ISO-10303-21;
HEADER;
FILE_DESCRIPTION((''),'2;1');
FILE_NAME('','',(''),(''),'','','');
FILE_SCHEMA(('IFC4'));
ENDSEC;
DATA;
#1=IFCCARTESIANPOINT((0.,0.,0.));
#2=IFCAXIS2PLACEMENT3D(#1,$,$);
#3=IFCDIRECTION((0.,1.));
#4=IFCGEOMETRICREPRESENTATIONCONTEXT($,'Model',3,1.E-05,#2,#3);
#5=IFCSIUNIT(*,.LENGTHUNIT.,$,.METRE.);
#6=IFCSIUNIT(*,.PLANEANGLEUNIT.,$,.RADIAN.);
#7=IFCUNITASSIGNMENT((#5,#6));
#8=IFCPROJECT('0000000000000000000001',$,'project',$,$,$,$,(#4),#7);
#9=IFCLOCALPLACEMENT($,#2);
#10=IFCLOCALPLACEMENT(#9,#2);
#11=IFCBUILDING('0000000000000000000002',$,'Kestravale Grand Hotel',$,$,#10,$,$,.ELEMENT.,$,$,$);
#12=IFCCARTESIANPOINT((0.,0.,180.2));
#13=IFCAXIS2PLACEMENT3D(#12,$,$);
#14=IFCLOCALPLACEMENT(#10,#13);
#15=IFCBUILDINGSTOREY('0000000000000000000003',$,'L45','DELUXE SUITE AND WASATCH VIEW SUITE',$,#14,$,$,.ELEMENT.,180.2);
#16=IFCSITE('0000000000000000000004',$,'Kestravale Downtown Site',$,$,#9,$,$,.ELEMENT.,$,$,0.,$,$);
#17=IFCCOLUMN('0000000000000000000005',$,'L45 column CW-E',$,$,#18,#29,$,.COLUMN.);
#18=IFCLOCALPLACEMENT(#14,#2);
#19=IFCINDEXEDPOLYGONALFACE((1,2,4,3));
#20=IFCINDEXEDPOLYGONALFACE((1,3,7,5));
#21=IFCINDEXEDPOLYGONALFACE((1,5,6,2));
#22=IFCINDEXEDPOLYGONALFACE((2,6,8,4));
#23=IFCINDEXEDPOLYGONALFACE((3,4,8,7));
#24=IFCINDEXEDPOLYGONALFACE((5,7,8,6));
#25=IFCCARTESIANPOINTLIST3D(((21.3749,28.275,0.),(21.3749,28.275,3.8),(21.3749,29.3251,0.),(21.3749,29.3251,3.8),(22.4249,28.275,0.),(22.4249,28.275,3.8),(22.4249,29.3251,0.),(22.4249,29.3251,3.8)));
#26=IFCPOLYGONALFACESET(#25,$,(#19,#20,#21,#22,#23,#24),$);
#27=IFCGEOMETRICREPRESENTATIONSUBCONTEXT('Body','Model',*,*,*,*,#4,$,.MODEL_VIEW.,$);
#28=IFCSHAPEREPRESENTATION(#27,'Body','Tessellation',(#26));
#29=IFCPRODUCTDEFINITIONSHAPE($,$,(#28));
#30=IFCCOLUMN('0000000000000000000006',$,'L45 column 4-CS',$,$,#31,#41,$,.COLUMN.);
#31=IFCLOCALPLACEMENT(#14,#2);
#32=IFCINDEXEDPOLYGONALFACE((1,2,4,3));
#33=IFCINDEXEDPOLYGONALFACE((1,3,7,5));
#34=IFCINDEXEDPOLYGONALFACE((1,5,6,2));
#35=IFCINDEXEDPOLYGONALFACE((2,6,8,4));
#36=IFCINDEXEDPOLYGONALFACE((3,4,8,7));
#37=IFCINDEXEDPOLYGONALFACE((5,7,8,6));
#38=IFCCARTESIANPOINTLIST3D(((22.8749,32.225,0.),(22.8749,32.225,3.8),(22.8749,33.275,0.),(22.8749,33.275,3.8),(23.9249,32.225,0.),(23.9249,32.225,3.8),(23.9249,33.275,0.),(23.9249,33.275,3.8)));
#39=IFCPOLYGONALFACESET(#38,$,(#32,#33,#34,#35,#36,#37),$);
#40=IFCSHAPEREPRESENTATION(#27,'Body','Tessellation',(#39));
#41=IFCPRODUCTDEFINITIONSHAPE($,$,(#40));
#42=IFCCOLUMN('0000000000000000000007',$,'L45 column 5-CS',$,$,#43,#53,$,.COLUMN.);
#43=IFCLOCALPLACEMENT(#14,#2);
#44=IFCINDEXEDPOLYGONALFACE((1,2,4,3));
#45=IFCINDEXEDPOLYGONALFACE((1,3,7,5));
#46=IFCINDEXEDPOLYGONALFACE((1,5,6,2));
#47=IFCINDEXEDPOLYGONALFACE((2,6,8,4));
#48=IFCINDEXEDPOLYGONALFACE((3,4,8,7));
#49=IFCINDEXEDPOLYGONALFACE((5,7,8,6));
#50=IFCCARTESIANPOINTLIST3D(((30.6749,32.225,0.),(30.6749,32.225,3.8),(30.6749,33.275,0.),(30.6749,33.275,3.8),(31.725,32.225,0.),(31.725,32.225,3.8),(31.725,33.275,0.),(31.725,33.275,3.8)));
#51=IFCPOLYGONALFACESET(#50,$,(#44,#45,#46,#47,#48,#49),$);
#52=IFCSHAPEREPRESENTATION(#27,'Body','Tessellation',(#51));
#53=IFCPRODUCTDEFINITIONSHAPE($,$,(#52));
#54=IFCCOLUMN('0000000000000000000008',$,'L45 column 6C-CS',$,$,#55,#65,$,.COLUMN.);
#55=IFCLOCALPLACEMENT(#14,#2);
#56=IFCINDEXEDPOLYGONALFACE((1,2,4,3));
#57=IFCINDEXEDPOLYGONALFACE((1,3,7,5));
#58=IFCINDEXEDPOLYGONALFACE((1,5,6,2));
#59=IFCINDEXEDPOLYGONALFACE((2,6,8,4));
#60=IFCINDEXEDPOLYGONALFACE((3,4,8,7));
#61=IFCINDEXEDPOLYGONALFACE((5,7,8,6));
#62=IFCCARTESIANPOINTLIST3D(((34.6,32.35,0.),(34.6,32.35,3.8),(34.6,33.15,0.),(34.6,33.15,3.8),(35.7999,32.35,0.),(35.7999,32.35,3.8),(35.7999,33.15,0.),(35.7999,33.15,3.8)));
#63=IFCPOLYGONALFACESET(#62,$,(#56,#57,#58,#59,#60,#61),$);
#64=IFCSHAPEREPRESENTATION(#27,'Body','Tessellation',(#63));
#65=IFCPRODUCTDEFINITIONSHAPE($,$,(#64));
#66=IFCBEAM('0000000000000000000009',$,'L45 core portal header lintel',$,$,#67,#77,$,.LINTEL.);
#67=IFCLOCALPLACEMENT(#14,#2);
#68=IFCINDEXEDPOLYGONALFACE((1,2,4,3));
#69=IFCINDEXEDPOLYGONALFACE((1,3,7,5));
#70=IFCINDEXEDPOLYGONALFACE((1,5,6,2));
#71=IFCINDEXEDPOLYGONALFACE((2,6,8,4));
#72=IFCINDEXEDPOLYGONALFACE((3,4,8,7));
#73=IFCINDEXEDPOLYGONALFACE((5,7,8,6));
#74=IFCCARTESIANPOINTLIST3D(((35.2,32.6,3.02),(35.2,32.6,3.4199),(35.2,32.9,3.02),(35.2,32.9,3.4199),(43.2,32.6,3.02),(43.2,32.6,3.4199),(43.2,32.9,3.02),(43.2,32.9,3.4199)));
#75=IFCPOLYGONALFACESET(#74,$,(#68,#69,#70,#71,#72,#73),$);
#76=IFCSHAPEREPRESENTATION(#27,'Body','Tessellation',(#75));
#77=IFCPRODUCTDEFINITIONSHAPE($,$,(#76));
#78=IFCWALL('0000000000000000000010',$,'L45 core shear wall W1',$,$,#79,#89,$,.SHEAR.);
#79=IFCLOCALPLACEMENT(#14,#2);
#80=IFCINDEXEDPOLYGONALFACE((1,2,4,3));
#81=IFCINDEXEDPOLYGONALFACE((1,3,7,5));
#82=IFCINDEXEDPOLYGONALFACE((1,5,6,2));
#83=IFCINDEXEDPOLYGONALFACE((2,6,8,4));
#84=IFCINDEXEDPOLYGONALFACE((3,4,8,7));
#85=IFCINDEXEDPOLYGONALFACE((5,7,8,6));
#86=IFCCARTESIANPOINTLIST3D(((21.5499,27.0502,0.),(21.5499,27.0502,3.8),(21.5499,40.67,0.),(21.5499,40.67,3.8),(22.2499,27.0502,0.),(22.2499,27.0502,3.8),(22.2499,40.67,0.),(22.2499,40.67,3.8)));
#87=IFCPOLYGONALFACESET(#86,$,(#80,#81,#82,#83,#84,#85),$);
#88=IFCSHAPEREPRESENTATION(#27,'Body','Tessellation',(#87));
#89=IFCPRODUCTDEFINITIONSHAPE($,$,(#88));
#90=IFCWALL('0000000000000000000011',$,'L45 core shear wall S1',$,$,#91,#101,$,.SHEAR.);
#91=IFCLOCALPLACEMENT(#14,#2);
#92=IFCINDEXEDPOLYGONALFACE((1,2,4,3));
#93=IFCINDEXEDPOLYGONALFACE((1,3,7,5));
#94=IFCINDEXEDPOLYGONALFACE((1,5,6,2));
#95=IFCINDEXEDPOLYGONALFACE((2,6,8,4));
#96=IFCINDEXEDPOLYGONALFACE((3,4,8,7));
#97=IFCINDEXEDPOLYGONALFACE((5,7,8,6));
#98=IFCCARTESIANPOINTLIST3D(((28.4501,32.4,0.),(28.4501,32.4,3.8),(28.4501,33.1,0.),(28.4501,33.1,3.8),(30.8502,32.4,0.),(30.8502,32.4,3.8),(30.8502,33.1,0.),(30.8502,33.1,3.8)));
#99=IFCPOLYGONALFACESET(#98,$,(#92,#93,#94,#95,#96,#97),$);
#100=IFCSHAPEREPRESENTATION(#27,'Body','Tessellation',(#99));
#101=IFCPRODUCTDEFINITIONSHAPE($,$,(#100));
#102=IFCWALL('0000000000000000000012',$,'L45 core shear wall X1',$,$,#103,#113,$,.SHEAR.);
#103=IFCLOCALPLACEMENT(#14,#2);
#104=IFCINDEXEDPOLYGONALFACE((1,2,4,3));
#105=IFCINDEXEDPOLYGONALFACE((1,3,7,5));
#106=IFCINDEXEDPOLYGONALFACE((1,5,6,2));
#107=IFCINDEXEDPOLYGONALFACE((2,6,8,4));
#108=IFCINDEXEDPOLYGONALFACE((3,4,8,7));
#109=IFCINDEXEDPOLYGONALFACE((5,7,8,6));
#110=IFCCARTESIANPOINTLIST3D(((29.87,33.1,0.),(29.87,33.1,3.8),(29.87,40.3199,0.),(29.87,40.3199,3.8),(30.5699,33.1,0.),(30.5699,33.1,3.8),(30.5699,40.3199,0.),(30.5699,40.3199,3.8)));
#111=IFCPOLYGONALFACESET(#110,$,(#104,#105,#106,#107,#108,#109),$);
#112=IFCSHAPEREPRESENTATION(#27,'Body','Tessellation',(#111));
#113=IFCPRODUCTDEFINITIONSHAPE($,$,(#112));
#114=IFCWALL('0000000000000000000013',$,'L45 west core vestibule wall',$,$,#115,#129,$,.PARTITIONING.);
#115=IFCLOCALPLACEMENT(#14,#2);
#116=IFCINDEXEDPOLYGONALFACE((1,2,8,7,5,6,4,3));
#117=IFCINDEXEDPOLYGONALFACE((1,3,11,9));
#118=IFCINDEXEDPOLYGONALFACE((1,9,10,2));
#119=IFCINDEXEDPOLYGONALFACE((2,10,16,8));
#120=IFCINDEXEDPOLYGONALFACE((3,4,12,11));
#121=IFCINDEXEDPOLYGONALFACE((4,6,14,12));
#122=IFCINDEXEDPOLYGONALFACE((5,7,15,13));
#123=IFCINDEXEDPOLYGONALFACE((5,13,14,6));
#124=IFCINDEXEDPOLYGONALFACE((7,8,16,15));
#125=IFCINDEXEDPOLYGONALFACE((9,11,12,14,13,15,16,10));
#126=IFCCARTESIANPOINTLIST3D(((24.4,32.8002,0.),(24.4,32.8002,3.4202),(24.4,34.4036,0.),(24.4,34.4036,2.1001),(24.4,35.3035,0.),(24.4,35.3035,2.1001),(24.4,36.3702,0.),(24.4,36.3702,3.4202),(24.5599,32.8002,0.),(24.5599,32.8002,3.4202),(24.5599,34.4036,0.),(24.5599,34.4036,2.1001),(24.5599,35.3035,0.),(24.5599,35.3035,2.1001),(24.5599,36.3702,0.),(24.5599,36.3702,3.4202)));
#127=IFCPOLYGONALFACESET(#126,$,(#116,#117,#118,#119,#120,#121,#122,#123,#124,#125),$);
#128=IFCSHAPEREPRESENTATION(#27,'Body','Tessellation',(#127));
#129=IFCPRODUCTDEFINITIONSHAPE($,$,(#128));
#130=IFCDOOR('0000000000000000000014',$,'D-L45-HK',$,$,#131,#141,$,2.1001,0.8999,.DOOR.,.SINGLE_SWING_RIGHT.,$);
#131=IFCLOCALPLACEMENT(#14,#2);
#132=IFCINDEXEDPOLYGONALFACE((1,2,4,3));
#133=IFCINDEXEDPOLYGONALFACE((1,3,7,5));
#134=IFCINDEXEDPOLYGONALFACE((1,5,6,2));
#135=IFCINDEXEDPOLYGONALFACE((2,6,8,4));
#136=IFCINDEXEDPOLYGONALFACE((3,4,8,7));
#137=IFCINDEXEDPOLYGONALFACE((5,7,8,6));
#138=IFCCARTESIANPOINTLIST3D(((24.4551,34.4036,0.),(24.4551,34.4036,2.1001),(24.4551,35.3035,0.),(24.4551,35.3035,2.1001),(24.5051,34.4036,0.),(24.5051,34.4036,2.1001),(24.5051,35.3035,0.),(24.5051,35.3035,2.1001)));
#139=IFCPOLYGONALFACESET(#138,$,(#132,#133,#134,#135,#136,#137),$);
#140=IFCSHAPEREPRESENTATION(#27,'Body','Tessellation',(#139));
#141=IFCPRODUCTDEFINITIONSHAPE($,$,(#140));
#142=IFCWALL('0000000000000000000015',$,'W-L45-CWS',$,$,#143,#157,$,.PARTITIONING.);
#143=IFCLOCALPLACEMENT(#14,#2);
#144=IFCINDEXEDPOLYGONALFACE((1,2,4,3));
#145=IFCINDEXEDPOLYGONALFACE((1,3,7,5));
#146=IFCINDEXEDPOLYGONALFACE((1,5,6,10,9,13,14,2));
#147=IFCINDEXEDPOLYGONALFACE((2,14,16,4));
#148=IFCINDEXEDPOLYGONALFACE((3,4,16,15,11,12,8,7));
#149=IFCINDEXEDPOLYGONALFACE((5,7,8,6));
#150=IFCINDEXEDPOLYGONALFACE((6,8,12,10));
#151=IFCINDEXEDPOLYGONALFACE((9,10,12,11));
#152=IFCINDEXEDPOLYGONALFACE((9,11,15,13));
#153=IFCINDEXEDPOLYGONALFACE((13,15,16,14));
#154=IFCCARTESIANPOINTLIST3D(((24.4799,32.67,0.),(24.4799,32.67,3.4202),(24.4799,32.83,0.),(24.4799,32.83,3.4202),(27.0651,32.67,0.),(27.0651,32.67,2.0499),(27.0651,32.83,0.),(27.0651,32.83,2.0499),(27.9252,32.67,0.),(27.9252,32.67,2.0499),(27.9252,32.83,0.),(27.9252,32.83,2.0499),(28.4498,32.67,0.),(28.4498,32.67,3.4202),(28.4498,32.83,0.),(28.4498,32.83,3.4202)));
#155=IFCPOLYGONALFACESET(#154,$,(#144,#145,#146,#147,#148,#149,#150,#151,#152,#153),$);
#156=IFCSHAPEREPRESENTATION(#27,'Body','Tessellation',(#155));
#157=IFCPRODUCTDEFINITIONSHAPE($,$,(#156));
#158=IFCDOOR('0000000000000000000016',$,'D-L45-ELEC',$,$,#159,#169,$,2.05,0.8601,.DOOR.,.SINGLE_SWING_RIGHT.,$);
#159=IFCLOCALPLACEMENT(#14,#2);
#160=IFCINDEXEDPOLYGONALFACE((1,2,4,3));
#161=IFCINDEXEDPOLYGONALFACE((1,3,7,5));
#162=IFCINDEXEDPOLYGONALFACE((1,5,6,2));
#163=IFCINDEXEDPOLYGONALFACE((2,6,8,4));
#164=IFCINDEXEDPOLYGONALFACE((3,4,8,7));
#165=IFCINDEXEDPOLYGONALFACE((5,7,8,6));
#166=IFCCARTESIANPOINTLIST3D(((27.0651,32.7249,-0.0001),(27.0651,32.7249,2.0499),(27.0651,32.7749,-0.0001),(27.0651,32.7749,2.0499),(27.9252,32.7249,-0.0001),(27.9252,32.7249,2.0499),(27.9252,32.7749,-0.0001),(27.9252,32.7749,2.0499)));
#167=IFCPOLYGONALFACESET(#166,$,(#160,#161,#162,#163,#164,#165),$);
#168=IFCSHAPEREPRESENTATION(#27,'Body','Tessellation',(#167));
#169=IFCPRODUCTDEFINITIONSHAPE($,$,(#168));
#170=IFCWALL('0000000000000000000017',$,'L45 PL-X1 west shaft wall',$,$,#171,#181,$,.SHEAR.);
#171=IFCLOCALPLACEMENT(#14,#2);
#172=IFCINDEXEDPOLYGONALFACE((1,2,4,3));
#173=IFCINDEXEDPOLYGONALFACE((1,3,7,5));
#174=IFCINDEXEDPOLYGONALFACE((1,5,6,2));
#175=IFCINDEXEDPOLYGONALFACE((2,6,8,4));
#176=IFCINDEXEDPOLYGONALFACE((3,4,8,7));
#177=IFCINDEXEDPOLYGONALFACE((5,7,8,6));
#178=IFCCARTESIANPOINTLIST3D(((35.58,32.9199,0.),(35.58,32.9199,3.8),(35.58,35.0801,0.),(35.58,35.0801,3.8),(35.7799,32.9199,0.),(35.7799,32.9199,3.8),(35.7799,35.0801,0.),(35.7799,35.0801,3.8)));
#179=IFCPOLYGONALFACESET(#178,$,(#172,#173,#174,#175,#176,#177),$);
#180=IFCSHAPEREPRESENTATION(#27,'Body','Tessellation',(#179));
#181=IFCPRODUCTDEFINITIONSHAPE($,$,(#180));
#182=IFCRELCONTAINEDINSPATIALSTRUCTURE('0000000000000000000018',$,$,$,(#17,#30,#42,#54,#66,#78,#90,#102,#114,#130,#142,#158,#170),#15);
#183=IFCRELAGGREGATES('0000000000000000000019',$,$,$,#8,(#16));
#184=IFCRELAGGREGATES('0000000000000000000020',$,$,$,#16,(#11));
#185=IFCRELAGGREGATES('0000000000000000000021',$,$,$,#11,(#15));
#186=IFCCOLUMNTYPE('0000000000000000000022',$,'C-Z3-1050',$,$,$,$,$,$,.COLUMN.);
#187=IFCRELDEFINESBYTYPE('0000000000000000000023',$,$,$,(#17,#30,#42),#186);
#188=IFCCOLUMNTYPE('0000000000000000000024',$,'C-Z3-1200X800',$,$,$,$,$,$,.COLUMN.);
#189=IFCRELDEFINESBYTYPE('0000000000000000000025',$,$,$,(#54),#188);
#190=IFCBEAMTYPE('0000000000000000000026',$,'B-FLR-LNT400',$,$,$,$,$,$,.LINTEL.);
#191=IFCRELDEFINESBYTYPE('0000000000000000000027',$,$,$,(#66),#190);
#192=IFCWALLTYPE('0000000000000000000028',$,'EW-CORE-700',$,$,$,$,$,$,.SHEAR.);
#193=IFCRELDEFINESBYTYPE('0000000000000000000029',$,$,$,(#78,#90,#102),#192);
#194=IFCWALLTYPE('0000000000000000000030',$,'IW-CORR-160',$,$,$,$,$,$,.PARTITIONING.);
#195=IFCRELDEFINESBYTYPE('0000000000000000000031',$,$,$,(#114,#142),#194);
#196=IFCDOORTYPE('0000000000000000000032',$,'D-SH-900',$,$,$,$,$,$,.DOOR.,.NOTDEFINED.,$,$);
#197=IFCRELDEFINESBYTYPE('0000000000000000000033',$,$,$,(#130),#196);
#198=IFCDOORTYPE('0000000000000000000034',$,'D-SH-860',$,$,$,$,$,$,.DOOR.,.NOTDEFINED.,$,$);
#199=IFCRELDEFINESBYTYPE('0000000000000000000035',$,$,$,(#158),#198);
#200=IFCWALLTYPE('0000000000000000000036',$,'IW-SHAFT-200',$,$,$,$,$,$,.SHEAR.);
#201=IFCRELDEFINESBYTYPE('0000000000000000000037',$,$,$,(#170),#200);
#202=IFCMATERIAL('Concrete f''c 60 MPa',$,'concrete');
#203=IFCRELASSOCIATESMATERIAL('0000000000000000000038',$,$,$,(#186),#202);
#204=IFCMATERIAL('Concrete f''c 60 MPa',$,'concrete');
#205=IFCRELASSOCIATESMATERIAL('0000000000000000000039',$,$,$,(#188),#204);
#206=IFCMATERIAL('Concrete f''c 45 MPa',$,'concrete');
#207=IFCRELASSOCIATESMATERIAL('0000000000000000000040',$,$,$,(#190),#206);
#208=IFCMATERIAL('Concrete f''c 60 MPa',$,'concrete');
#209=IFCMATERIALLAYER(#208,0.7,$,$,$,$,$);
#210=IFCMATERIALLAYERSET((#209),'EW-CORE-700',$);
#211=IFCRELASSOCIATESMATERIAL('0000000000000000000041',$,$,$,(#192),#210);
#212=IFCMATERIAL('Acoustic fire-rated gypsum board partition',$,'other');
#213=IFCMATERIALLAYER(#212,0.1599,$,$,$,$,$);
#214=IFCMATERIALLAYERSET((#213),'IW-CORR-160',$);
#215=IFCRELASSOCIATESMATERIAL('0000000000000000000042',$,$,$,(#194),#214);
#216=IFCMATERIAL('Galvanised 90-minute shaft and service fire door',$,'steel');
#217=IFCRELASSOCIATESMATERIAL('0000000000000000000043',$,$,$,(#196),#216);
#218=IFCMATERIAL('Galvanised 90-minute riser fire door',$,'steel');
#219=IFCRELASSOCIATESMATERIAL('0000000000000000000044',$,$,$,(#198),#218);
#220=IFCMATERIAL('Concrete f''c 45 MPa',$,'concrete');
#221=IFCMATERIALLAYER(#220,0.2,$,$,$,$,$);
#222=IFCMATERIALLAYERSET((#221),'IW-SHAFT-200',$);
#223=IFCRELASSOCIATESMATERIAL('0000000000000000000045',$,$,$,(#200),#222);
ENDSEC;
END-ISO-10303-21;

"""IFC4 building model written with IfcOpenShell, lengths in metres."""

from ifc_helpers import new_model, si_unit, direction, frame, frame_2d, origin, origin_2d, place, context, subcontext, project, spatial, rectangle, extrude, material, layer, layer_set, material_profile, profile_set, type_object, element, fill, save


model = new_model("IFC4")

# Units and contexts
model_context = context("Model", 3, precision=1e-05, world=origin(), true_north=direction((0.0, 1.0)))
body_context = subcontext(model_context, "Body", "Model", "MODEL_VIEW")
ifc_project = project(units=[si_unit("LENGTHUNIT", "METRE"), si_unit("PLANEANGLEUNIT", "RADIAN")], contexts=[model_context])

# Site, building, storey
site_placement = place(None, origin())
site = spatial("IfcSite", under=ifc_project, at=site_placement, Name="Kestravale Downtown Site", CompositionType="ELEMENT", RefElevation=0.0)
building_placement = place(site_placement, origin())
building = spatial("IfcBuilding", under=site, at=building_placement, Name="Kestravale Grand Hotel", CompositionType="ELEMENT")
storey_placement = place(building_placement, frame((0.0, 0.0, 180.2)))
storey = spatial("IfcBuildingStorey", under=building, at=storey_placement, Name="L45", Description="DELUXE SUITE AND WASATCH VIEW SUITE", CompositionType="ELEMENT", Elevation=180.2)

# Columns
ifc_material_1 = material(Name="Concrete f'c 60 MPa", Category="concrete")
ifc_material_profile_1 = material_profile(ifc_material_1, rectangle(XDim=1.05, YDim=1.05, at=origin_2d()))
ifc_profile_set_1 = profile_set([ifc_material_profile_1], Name="Concrete f'c 60 MPa")
column_type_1 = type_object("IfcColumnType", Name="C-Z3-1050", PredefinedType="COLUMN", material=ifc_profile_set_1)
for number, where, z_axis, x_axis, name in (
    (1, (21.8999, 28.8, 0.0), (0.0, 0.0, 1.0), (1.0, 0.0, 0.0), "L45 column CW-E"),
    (2, (23.3999, 32.75, 0.0), (0.0, 0.0, 1.0), (1.0, 0.0, 0.0), "L45 column 4-CS"),
    (3, (31.2, 32.75, 0.0), (0.0, 0.0, 1.0), (1.0, 0.0, 0.0), "L45 column 5-CS"),
):
    element("IfcColumn", number, at=place(storey_placement, frame(where, z_axis=z_axis, x_axis=x_axis)), inside=storey, type_object=column_type_1, Name=name, PredefinedType="COLUMN", context=body_context, shape_type="SweptSolid", body=[
        extrude(rectangle(XDim=1.05, YDim=1.05, at=origin_2d()), origin(), (0.0, 0.0, 1.0), 3.8),
    ])
ifc_material_2 = material(Name="Concrete f'c 60 MPa", Category="concrete")
ifc_material_profile_2 = material_profile(ifc_material_2, rectangle(XDim=1.2, YDim=0.8, at=origin_2d()))
ifc_profile_set_2 = profile_set([ifc_material_profile_2], Name="Concrete f'c 60 MPa")
column_type_2 = type_object("IfcColumnType", Name="C-Z3-1200X800", PredefinedType="COLUMN", material=ifc_profile_set_2)
column_placement = place(storey_placement, frame((35.2, 32.75, 0.0), z_axis=(0.0, 0.0, 1.0), x_axis=(1.0, 0.0, 0.0)))
element("IfcColumn", 4, at=column_placement, inside=storey, type_object=column_type_2, Name="L45 column 6C-CS", PredefinedType="COLUMN", context=body_context, shape_type="SweptSolid", body=[
    extrude(rectangle(XDim=1.2, YDim=0.8, at=origin_2d()), origin(), (0.0, 0.0, 1.0), 3.8),
])

# Beam
ifc_material_3 = material(Name="Concrete f'c 45 MPa", Category="concrete")
ifc_material_profile_3 = material_profile(ifc_material_3, rectangle(XDim=0.3, YDim=0.3999, at=origin_2d()))
ifc_profile_set_3 = profile_set([ifc_material_profile_3], Name="Concrete f'c 45 MPa")
beam_type = type_object("IfcBeamType", Name="B-FLR-LNT400", PredefinedType="LINTEL", material=ifc_profile_set_3)
beam_placement = place(storey_placement, frame((35.2, 32.75, 3.22), z_axis=(1.0, 0.0, 0.0), x_axis=(0.0, 1.0, 0.0)))
element("IfcBeam", 5, at=beam_placement, inside=storey, type_object=beam_type, Name="L45 core portal header lintel", PredefinedType="LINTEL", context=body_context, shape_type="SweptSolid", body=[
    extrude(rectangle(XDim=0.3, YDim=0.3999, at=origin_2d()), origin(), (0.0, 0.0, 1.0), 8.0),
])

# Walls
ifc_material_4 = material(Name="Concrete f'c 60 MPa", Category="concrete")
ifc_layer_1 = layer(ifc_material_4, 0.7)
ifc_layer_set_1 = layer_set([ifc_layer_1], Name="EW-CORE-700")
wall_type_1 = type_object("IfcWallType", Name="EW-CORE-700", PredefinedType="SHEAR", material=ifc_layer_set_1)
wall_1_placement = place(storey_placement, frame((21.8999, 27.05, 0.0), z_axis=(0.0, 0.0, 1.0), x_axis=(0.0, 1.0, 0.0)))
element("IfcWall", 6, at=wall_1_placement, inside=storey, type_object=wall_type_1, Name="L45 core shear wall W1", PredefinedType="SHEAR", context=body_context, shape_type="SweptSolid", body=[
    extrude(rectangle(XDim=13.6199, YDim=0.7, at=frame_2d((6.8101, 0.0))), origin(), (0.0, 0.0, 1.0), 3.8),
])
wall_2_placement = place(storey_placement, frame((28.45, 32.75, 0.0), z_axis=(0.0, 0.0, 1.0), x_axis=(1.0, 0.0, 0.0)))
element("IfcWall", 7, at=wall_2_placement, inside=storey, type_object=wall_type_1, Name="L45 core shear wall S1", PredefinedType="SHEAR", context=body_context, shape_type="SweptSolid", body=[
    extrude(rectangle(XDim=2.4001, YDim=0.7, at=frame_2d((1.2002, 0.0))), origin(), (0.0, 0.0, 1.0), 3.8),
])
wall_3_placement = place(storey_placement, frame((30.22, 33.1001, 0.0), z_axis=(0.0, 0.0, 1.0), x_axis=(0.0, 1.0, 0.0)))
element("IfcWall", 8, at=wall_3_placement, inside=storey, type_object=wall_type_1, Name="L45 core shear wall X1", PredefinedType="SHEAR", context=body_context, shape_type="SweptSolid", body=[
    extrude(rectangle(XDim=7.22, YDim=0.7, at=frame_2d((3.6099, 0.0))), origin(), (0.0, 0.0, 1.0), 3.8),
])

# Walls, openings, doors
ifc_material_5 = material(Name="Acoustic fire-rated gypsum board partition", Category="other")
ifc_layer_2 = layer(ifc_material_5, 0.1599)
ifc_layer_set_2 = layer_set([ifc_layer_2], Name="IW-CORR-160")
wall_type_2 = type_object("IfcWallType", Name="IW-CORR-160", PredefinedType="PARTITIONING", material=ifc_layer_set_2)
wall_4_placement = place(storey_placement, frame((24.48, 32.8, 0.0), z_axis=(0.0, 0.0, 1.0), x_axis=(0.0, 1.0, 0.0)))
wall_4 = element("IfcWall", 9, at=wall_4_placement, inside=storey, type_object=wall_type_2, Name="L45 west core vestibule wall", PredefinedType="PARTITIONING", context=body_context, shape_type="SweptSolid", body=[
    extrude(rectangle(XDim=3.5701, YDim=0.1599, at=frame_2d((1.7852, 0.0))), origin(), (0.0, 0.0, 1.0), 3.4202),
])
opening_1_placement = place(wall_4_placement, frame((1.6035, 0.0, 0.0)))
opening_1 = element("IfcOpeningElement", 10, at=opening_1_placement, cuts=wall_4, PredefinedType="OPENING", context=body_context, shape_type="SweptSolid", body=[
    extrude(rectangle(XDim=0.8999, YDim=2.1001, at=frame_2d((0.45, 1.05))), frame((0.0, 0.0898, 0.0), z_axis=(0.0, -1.0, 0.0), x_axis=(1.0, 0.0, 0.0)), (0.0, 0.0, 1.0), 0.1799),
])
ifc_material_6 = material(Name="Galvanised 90-minute shaft and service fire door", Category="steel")
door_type_1 = type_object("IfcDoorType", Name="D-SH-900", OperationType="NOTDEFINED", PredefinedType="DOOR", material=ifc_material_6)
door_1_placement = place(opening_1_placement, origin())
door_1 = element("IfcDoor", 11, at=door_1_placement, inside=storey, type_object=door_type_1, Name="D-L45-HK", OperationType="SINGLE_SWING_RIGHT", OverallHeight=2.1001, OverallWidth=0.8999, PredefinedType="DOOR", context=body_context, shape_type="SweptSolid", body=[
    extrude(rectangle(XDim=0.8999, YDim=2.1001, at=frame_2d((0.45, 1.05))), frame((0.0, 0.0249, 0.0), z_axis=(0.0, -1.0, 0.0), x_axis=(1.0, 0.0, 0.0)), (0.0, 0.0, 1.0), 0.05),
])
fill(opening_1, door_1)
wall_5_placement = place(storey_placement, frame((24.48, 32.75, 0.0), z_axis=(0.0, 0.0, 1.0), x_axis=(1.0, 0.0, 0.0)))
wall_5 = element("IfcWall", 12, at=wall_5_placement, inside=storey, type_object=wall_type_2, Name="W-L45-CWS", PredefinedType="PARTITIONING", context=body_context, shape_type="SweptSolid", body=[
    extrude(rectangle(XDim=3.97, YDim=0.1599, at=frame_2d((1.9849, 0.0))), origin(), (0.0, 0.0, 1.0), 3.4202),
])
opening_2_placement = place(wall_5_placement, frame((2.585, 0.0, 0.0)))
opening_2 = element("IfcOpeningElement", 13, at=opening_2_placement, cuts=wall_5, PredefinedType="OPENING", context=body_context, shape_type="SweptSolid", body=[
    extrude(rectangle(XDim=0.8601, YDim=2.05, at=frame_2d((0.4302, 1.0249))), frame((0.0, 0.0898, 0.0), z_axis=(0.0, -1.0, 0.0), x_axis=(1.0, 0.0, 0.0)), (0.0, 0.0, 1.0), 0.1799),
])
ifc_material_7 = material(Name="Galvanised 90-minute riser fire door", Category="steel")
door_type_2 = type_object("IfcDoorType", Name="D-SH-860", OperationType="NOTDEFINED", PredefinedType="DOOR", material=ifc_material_7)
door_2_placement = place(opening_2_placement, origin())
door_2 = element("IfcDoor", 14, at=door_2_placement, inside=storey, type_object=door_type_2, Name="D-L45-ELEC", OperationType="SINGLE_SWING_RIGHT", OverallHeight=2.05, OverallWidth=0.8601, PredefinedType="DOOR", context=body_context, shape_type="SweptSolid", body=[
    extrude(rectangle(XDim=0.8601, YDim=2.05, at=frame_2d((0.4302, 1.0249))), frame((0.0, 0.0249, 0.0), z_axis=(0.0, -1.0, 0.0), x_axis=(1.0, 0.0, 0.0)), (0.0, 0.0, 1.0), 0.05),
])
fill(opening_2, door_2)

# Wall
ifc_material_8 = material(Name="Concrete f'c 45 MPa", Category="concrete")
ifc_layer_3 = layer(ifc_material_8, 0.2)
ifc_layer_set_3 = layer_set([ifc_layer_3], Name="IW-SHAFT-200")
wall_type_3 = type_object("IfcWallType", Name="IW-SHAFT-200", PredefinedType="SHEAR", material=ifc_layer_set_3)
wall_6_placement = place(storey_placement, frame((35.6799, 32.9199, 0.0), z_axis=(0.0, 0.0, 1.0), x_axis=(0.0, 1.0, 0.0)))
element("IfcWall", 15, at=wall_6_placement, inside=storey, type_object=wall_type_3, Name="L45 PL-X1 west shaft wall", PredefinedType="SHEAR", context=body_context, shape_type="SweptSolid", body=[
    extrude(rectangle(XDim=2.1602, YDim=0.2, at=frame_2d((1.0801, 0.0))), origin(), (0.0, 0.0, 1.0), 3.8),
])

save(model, "model.ifc")
